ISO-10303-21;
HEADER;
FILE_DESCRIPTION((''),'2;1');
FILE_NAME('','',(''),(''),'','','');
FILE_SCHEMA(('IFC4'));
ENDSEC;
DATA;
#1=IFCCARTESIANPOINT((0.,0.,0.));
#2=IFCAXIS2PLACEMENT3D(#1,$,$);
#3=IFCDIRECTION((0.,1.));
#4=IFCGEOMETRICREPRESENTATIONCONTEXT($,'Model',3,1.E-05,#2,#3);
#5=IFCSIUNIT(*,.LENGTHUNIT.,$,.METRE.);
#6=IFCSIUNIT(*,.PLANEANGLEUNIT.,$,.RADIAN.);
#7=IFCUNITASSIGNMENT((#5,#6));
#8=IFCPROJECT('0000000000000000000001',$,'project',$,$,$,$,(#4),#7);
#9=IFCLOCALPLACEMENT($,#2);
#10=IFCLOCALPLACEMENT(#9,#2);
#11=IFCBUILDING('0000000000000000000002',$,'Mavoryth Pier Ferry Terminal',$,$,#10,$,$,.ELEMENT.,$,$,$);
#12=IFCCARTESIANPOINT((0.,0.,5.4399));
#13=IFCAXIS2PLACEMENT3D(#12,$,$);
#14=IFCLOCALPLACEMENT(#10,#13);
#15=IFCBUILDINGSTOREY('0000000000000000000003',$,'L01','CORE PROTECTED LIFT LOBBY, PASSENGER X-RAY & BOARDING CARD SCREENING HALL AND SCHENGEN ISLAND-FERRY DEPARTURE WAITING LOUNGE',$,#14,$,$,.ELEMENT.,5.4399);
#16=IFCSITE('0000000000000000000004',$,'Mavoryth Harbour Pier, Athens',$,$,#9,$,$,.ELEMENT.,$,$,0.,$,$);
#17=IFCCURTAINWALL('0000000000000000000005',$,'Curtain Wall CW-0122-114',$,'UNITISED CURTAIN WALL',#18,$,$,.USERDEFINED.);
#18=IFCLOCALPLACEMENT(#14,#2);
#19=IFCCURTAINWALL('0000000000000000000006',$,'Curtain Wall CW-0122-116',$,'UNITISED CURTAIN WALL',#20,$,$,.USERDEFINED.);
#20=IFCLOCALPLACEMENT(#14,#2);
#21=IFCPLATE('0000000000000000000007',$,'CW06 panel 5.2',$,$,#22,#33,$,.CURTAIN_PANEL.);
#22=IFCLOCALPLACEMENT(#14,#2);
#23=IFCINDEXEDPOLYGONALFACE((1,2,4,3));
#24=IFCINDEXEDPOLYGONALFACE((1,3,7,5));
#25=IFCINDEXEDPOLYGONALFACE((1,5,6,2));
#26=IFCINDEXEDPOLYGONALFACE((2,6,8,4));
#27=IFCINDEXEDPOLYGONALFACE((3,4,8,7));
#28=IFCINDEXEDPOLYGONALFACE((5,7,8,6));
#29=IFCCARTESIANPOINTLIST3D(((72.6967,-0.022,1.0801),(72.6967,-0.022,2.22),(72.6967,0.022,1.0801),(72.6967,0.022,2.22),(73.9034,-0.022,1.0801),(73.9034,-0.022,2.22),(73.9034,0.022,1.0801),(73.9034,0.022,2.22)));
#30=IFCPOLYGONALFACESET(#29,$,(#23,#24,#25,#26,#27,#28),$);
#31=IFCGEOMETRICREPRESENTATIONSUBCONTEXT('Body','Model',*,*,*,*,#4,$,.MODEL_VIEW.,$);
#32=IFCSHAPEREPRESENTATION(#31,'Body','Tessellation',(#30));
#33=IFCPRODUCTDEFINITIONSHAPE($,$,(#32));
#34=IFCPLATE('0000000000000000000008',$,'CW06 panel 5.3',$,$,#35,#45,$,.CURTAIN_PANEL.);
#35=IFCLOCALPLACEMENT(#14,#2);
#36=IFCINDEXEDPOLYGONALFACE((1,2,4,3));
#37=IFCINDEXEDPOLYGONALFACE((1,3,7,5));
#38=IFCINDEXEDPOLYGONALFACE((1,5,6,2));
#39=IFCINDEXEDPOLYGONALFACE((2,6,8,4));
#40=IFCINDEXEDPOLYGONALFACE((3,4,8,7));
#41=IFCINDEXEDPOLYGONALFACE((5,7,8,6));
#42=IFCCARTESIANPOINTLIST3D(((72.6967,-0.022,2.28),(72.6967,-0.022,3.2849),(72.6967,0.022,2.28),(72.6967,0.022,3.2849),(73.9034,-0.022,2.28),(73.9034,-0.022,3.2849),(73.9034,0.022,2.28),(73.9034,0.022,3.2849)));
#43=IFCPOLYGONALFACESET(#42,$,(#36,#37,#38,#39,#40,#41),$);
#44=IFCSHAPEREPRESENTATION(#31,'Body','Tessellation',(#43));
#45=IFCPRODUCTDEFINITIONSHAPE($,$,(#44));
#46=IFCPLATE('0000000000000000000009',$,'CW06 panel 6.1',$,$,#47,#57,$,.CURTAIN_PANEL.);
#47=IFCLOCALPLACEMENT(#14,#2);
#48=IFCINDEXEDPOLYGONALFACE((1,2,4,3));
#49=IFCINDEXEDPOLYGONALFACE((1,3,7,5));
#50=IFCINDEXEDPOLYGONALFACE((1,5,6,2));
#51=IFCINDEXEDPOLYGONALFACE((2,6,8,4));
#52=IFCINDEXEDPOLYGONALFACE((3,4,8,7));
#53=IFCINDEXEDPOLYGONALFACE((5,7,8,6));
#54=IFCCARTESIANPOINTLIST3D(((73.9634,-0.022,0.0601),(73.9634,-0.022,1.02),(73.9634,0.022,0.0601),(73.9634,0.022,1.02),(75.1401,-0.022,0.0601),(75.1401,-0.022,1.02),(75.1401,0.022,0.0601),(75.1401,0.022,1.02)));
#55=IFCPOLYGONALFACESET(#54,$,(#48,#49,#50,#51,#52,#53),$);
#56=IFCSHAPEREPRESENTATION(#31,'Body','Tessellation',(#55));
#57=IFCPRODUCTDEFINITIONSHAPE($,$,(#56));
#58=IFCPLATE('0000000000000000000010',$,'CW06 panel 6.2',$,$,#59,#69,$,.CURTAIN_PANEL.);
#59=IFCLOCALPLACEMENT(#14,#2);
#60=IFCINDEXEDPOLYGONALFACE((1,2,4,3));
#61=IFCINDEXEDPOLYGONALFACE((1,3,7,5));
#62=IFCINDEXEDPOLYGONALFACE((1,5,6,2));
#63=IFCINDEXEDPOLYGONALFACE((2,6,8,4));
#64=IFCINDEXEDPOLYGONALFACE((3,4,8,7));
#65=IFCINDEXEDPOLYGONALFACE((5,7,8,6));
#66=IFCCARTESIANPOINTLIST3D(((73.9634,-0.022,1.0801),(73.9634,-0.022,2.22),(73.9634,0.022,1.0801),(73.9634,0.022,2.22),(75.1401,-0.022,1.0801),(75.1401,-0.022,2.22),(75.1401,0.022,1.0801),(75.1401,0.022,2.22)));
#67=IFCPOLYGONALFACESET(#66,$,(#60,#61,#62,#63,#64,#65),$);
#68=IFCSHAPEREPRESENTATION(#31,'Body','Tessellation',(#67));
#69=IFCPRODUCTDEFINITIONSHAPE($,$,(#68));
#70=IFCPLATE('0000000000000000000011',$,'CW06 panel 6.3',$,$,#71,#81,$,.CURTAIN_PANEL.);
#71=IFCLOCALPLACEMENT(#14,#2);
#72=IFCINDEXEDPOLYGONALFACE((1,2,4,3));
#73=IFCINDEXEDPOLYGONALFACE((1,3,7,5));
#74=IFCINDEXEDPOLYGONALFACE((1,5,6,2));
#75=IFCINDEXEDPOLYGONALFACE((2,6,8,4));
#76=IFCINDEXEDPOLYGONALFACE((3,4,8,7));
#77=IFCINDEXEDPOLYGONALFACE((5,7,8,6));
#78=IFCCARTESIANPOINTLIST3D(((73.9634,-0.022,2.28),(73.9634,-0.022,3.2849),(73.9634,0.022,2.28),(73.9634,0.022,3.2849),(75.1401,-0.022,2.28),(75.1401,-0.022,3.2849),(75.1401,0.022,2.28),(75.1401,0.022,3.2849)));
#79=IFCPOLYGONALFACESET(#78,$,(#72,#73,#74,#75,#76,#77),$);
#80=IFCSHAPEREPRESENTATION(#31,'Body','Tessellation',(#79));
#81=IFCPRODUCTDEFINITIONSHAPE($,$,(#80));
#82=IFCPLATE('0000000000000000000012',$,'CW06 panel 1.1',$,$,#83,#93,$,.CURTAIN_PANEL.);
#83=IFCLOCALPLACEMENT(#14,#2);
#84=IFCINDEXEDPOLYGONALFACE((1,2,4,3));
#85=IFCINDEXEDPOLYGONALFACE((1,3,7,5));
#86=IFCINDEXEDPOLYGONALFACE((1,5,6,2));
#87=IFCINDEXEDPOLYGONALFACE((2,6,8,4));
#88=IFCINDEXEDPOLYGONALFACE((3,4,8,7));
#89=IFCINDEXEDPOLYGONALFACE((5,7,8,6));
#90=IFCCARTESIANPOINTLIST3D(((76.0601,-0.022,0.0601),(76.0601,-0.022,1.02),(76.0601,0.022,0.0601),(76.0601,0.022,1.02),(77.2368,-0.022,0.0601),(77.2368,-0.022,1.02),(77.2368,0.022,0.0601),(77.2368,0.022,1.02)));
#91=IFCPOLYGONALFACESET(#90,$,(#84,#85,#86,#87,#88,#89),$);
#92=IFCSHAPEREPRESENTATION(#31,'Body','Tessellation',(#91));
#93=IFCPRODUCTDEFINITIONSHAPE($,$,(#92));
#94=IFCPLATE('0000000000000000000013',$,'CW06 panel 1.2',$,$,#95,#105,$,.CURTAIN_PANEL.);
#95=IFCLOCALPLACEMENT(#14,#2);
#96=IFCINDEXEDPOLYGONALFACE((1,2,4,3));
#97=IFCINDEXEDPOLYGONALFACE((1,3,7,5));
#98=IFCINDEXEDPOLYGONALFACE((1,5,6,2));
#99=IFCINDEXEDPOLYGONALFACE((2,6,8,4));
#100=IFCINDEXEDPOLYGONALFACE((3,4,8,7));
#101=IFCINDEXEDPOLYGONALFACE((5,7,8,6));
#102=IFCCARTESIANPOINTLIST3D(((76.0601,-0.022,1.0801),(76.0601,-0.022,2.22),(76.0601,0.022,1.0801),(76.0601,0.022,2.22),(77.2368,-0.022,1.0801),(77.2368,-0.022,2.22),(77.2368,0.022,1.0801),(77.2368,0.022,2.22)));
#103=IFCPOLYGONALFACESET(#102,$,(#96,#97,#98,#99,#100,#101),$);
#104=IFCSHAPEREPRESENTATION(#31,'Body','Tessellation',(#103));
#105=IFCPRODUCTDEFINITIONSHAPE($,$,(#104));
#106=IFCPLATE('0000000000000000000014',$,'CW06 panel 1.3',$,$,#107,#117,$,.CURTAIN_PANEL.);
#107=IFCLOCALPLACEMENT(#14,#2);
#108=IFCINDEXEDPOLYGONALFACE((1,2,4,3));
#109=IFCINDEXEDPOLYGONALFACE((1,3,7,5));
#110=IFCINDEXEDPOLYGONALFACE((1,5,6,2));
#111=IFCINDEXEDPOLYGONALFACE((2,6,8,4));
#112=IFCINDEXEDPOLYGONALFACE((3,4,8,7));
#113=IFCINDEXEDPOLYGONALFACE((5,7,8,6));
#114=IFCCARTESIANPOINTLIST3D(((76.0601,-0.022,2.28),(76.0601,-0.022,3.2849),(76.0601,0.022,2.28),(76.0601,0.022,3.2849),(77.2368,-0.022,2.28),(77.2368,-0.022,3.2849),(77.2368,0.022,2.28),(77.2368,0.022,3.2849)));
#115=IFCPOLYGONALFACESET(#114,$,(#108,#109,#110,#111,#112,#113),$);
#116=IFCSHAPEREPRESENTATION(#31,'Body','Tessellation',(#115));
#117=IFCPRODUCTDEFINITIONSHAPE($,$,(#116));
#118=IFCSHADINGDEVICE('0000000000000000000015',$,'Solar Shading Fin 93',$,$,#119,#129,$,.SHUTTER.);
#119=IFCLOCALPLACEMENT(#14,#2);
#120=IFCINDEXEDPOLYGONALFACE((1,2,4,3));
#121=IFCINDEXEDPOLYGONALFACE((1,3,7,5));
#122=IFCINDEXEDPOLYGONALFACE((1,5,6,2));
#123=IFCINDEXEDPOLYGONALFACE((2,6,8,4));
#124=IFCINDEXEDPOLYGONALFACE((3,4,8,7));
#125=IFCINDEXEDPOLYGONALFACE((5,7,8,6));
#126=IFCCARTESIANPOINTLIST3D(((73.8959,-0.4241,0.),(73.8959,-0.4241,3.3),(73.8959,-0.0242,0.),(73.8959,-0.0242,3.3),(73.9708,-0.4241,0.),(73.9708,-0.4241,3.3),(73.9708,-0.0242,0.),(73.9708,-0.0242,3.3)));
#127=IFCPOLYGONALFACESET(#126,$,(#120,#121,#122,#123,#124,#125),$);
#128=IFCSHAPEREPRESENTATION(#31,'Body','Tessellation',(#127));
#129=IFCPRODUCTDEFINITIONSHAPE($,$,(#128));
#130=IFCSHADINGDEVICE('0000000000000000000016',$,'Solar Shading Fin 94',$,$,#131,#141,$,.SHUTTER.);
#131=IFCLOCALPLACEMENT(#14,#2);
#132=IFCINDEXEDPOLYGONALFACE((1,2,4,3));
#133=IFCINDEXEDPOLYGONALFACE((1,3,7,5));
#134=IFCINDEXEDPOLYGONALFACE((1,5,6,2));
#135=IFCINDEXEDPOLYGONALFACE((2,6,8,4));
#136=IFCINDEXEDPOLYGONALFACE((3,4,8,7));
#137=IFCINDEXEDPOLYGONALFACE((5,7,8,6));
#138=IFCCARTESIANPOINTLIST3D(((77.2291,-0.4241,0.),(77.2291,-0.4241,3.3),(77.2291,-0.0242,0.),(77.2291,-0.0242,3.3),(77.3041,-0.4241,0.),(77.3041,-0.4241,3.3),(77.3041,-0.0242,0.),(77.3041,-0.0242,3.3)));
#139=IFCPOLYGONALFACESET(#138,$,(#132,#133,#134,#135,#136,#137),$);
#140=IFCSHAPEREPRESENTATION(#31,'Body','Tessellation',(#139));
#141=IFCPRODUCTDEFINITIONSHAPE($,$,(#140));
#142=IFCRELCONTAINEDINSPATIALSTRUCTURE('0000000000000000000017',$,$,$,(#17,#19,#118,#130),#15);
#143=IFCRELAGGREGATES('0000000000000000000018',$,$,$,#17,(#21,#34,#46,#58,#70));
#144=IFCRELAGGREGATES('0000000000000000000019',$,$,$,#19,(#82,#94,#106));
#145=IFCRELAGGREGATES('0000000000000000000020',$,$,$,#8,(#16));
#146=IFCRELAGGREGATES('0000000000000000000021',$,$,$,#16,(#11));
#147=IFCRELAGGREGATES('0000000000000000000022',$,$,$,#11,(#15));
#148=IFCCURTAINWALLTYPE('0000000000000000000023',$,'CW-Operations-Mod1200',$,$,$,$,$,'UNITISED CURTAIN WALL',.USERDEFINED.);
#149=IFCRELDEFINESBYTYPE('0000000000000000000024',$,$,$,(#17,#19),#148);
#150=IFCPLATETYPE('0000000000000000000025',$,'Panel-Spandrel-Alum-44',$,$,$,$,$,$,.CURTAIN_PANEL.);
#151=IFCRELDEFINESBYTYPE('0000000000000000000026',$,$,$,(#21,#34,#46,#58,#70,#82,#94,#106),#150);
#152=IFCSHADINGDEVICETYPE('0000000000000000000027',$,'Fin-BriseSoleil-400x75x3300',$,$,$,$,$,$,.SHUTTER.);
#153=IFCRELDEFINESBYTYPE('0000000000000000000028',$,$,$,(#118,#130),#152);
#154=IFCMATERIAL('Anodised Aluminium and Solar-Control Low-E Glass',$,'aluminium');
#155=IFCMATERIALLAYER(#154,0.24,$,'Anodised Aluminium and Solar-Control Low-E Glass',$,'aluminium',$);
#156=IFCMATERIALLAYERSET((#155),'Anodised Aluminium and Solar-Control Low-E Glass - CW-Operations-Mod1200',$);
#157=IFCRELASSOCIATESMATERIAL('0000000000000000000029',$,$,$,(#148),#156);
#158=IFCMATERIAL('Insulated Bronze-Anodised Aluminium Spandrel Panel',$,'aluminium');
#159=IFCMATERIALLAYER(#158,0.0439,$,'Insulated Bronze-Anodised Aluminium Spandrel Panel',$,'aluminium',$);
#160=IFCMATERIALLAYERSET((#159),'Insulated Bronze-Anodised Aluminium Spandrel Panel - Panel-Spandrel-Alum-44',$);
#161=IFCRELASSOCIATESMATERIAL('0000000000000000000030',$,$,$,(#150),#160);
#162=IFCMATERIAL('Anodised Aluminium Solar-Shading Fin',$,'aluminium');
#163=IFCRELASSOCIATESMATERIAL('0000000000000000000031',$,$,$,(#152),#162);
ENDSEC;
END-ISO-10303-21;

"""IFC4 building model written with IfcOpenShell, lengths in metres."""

from ifc_helpers import new_model, si_unit, direction, frame, origin, origin_2d, place, context, subcontext, project, spatial, rectangle, extrude, material, layer, layer_set, type_object, element, aggregate, save


model = new_model("IFC4")

# Units and contexts
model_context = context("Model", 3, precision=1e-05, world=origin(), true_north=direction((0.0, 1.0)))
body_context = subcontext(model_context, "Body", "Model", "MODEL_VIEW")
ifc_project = project(units=[si_unit("LENGTHUNIT", "METRE"), si_unit("PLANEANGLEUNIT", "RADIAN")], contexts=[model_context])

# Site, building, storey
site_placement = place(None, origin())
site = spatial("IfcSite", under=ifc_project, at=site_placement, Name="Mavoryth Harbour Pier, Athens", CompositionType="ELEMENT", RefElevation=0.0)
building_placement = place(site_placement, origin())
building = spatial("IfcBuilding", under=site, at=building_placement, Name="Mavoryth Pier Ferry Terminal", CompositionType="ELEMENT")
storey_placement = place(building_placement, frame((0.0, 0.0, 5.4399)))
storey = spatial("IfcBuildingStorey", under=building, at=storey_placement, Name="L01", Description="CORE PROTECTED LIFT LOBBY, PASSENGER X-RAY & BOARDING CARD SCREENING HALL AND SCHENGEN ISLAND-FERRY DEPARTURE WAITING LOUNGE", CompositionType="ELEMENT", Elevation=5.4399)

# Curtain walls
ifc_material_1 = material(Name="Anodised Aluminium and Solar-Control Low-E Glass", Category="aluminium")
ifc_layer_1 = layer(ifc_material_1, 0.24, Name="Anodised Aluminium and Solar-Control Low-E Glass", Category="aluminium")
ifc_layer_set_1 = layer_set([ifc_layer_1], Name="Anodised Aluminium and Solar-Control Low-E Glass - CW-Operations-Mod1200")
curtain_wall_type = type_object("IfcCurtainWallType", Name="CW-Operations-Mod1200", ElementType="UNITISED CURTAIN WALL", PredefinedType="USERDEFINED", material=ifc_layer_set_1)
curtain_wall_1_placement = place(storey_placement, origin())
curtain_wall_1 = element("IfcCurtainWall", 1, at=curtain_wall_1_placement, inside=storey, type_object=curtain_wall_type, Name="Curtain Wall CW-0122-114", ObjectType="UNITISED CURTAIN WALL", PredefinedType="USERDEFINED")
curtain_wall_2_placement = place(storey_placement, origin())
curtain_wall_2 = element("IfcCurtainWall", 2, at=curtain_wall_2_placement, inside=storey, type_object=curtain_wall_type, Name="Curtain Wall CW-0122-116", ObjectType="UNITISED CURTAIN WALL", PredefinedType="USERDEFINED")

# Plates
ifc_material_2 = material(Name="Insulated Bronze-Anodised Aluminium Spandrel Panel", Category="aluminium")
ifc_layer_2 = layer(ifc_material_2, 0.0439, Name="Insulated Bronze-Anodised Aluminium Spandrel Panel", Category="aluminium")
ifc_layer_set_2 = layer_set([ifc_layer_2], Name="Insulated Bronze-Anodised Aluminium Spandrel Panel - Panel-Spandrel-Alum-44")
plate_type = type_object("IfcPlateType", Name="Panel-Spandrel-Alum-44", PredefinedType="CURTAIN_PANEL", material=ifc_layer_set_2)
plate_1_placement = place(storey_placement, frame((73.3, 0.0, 1.0801), z_axis=(0.0, 0.0, 1.0), x_axis=(1.0, 0.0, 0.0)))
plate_1 = element("IfcPlate", 3, at=plate_1_placement, type_object=plate_type, Name="CW06 panel 5.2", PredefinedType="CURTAIN_PANEL", context=body_context, shape_type="SweptSolid", body=[
    extrude(rectangle(XDim=1.2068, YDim=0.0439, at=origin_2d()), origin(), (0.0, 0.0, 1.0), 1.1399),
])
plate_2_placement = place(storey_placement, frame((73.3, 0.0, 2.28), z_axis=(0.0, 0.0, 1.0), x_axis=(1.0, 0.0, 0.0)))
plate_2 = element("IfcPlate", 4, at=plate_2_placement, type_object=plate_type, Name="CW06 panel 5.3", PredefinedType="CURTAIN_PANEL", context=body_context, shape_type="SweptSolid", body=[
    extrude(rectangle(XDim=1.2068, YDim=0.0439, at=origin_2d()), origin(), (0.0, 0.0, 1.0), 1.0049),
])
plate_3_placement = place(storey_placement, frame((74.5518, 0.0, 0.0601), z_axis=(0.0, 0.0, 1.0), x_axis=(1.0, 0.0, 0.0)))
plate_3 = element("IfcPlate", 5, at=plate_3_placement, type_object=plate_type, Name="CW06 panel 6.1", PredefinedType="CURTAIN_PANEL", context=body_context, shape_type="SweptSolid", body=[
    extrude(rectangle(XDim=1.1768, YDim=0.0439, at=origin_2d()), origin(), (0.0, 0.0, 1.0), 0.96),
])
plate_4_placement = place(storey_placement, frame((74.5518, 0.0, 1.0801), z_axis=(0.0, 0.0, 1.0), x_axis=(1.0, 0.0, 0.0)))
plate_4 = element("IfcPlate", 6, at=plate_4_placement, type_object=plate_type, Name="CW06 panel 6.2", PredefinedType="CURTAIN_PANEL", context=body_context, shape_type="SweptSolid", body=[
    extrude(rectangle(XDim=1.1768, YDim=0.0439, at=origin_2d()), origin(), (0.0, 0.0, 1.0), 1.1399),
])
plate_5_placement = place(storey_placement, frame((74.5518, 0.0, 2.28), z_axis=(0.0, 0.0, 1.0), x_axis=(1.0, 0.0, 0.0)))
plate_5 = element("IfcPlate", 7, at=plate_5_placement, type_object=plate_type, Name="CW06 panel 6.3", PredefinedType="CURTAIN_PANEL", context=body_context, shape_type="SweptSolid", body=[
    extrude(rectangle(XDim=1.1768, YDim=0.0439, at=origin_2d()), origin(), (0.0, 0.0, 1.0), 1.0049),
])
aggregate(curtain_wall_1, [plate_1, plate_2, plate_3, plate_4, plate_5])
plate_6_placement = place(storey_placement, frame((76.6484, 0.0, 0.0601), z_axis=(0.0, 0.0, 1.0), x_axis=(1.0, 0.0, 0.0)))
plate_6 = element("IfcPlate", 8, at=plate_6_placement, type_object=plate_type, Name="CW06 panel 1.1", PredefinedType="CURTAIN_PANEL", context=body_context, shape_type="SweptSolid", body=[
    extrude(rectangle(XDim=1.1768, YDim=0.0439, at=origin_2d()), origin(), (0.0, 0.0, 1.0), 0.96),
])
plate_7_placement = place(storey_placement, frame((76.6484, 0.0, 1.0801), z_axis=(0.0, 0.0, 1.0), x_axis=(1.0, 0.0, 0.0)))
plate_7 = element("IfcPlate", 9, at=plate_7_placement, type_object=plate_type, Name="CW06 panel 1.2", PredefinedType="CURTAIN_PANEL", context=body_context, shape_type="SweptSolid", body=[
    extrude(rectangle(XDim=1.1768, YDim=0.0439, at=origin_2d()), origin(), (0.0, 0.0, 1.0), 1.1399),
])
plate_8_placement = place(storey_placement, frame((76.6484, 0.0, 2.28), z_axis=(0.0, 0.0, 1.0), x_axis=(1.0, 0.0, 0.0)))
plate_8 = element("IfcPlate", 10, at=plate_8_placement, type_object=plate_type, Name="CW06 panel 1.3", PredefinedType="CURTAIN_PANEL", context=body_context, shape_type="SweptSolid", body=[
    extrude(rectangle(XDim=1.1768, YDim=0.0439, at=origin_2d()), origin(), (0.0, 0.0, 1.0), 1.0049),
])
aggregate(curtain_wall_2, [plate_6, plate_7, plate_8])

# Shading devices
ifc_material_3 = material(Name="Anodised Aluminium Solar-Shading Fin", Category="aluminium")
shading_device_type = type_object("IfcShadingDeviceType", Name="Fin-BriseSoleil-400x75x3300", PredefinedType="SHUTTER", material=ifc_material_3)
for number, where, z_axis, x_axis, name in (
    (11, (73.9333, -0.2241, 0.0), (0.0, 0.0, 1.0), (1.0, 0.0, 0.0), "Solar Shading Fin 93"),
    (12, (77.2666, -0.2241, 0.0), (0.0, 0.0, 1.0), (1.0, 0.0, 0.0), "Solar Shading Fin 94"),
):
    element("IfcShadingDevice", number, at=place(storey_placement, frame(where, z_axis=z_axis, x_axis=x_axis)), inside=storey, type_object=shading_device_type, Name=name, PredefinedType="SHUTTER", context=body_context, shape_type="SweptSolid", body=[
        extrude(rectangle(XDim=0.075, YDim=0.3999, at=origin_2d()), origin(), (0.0, 0.0, 1.0), 3.3),
    ])

save(model, "model.ifc")
